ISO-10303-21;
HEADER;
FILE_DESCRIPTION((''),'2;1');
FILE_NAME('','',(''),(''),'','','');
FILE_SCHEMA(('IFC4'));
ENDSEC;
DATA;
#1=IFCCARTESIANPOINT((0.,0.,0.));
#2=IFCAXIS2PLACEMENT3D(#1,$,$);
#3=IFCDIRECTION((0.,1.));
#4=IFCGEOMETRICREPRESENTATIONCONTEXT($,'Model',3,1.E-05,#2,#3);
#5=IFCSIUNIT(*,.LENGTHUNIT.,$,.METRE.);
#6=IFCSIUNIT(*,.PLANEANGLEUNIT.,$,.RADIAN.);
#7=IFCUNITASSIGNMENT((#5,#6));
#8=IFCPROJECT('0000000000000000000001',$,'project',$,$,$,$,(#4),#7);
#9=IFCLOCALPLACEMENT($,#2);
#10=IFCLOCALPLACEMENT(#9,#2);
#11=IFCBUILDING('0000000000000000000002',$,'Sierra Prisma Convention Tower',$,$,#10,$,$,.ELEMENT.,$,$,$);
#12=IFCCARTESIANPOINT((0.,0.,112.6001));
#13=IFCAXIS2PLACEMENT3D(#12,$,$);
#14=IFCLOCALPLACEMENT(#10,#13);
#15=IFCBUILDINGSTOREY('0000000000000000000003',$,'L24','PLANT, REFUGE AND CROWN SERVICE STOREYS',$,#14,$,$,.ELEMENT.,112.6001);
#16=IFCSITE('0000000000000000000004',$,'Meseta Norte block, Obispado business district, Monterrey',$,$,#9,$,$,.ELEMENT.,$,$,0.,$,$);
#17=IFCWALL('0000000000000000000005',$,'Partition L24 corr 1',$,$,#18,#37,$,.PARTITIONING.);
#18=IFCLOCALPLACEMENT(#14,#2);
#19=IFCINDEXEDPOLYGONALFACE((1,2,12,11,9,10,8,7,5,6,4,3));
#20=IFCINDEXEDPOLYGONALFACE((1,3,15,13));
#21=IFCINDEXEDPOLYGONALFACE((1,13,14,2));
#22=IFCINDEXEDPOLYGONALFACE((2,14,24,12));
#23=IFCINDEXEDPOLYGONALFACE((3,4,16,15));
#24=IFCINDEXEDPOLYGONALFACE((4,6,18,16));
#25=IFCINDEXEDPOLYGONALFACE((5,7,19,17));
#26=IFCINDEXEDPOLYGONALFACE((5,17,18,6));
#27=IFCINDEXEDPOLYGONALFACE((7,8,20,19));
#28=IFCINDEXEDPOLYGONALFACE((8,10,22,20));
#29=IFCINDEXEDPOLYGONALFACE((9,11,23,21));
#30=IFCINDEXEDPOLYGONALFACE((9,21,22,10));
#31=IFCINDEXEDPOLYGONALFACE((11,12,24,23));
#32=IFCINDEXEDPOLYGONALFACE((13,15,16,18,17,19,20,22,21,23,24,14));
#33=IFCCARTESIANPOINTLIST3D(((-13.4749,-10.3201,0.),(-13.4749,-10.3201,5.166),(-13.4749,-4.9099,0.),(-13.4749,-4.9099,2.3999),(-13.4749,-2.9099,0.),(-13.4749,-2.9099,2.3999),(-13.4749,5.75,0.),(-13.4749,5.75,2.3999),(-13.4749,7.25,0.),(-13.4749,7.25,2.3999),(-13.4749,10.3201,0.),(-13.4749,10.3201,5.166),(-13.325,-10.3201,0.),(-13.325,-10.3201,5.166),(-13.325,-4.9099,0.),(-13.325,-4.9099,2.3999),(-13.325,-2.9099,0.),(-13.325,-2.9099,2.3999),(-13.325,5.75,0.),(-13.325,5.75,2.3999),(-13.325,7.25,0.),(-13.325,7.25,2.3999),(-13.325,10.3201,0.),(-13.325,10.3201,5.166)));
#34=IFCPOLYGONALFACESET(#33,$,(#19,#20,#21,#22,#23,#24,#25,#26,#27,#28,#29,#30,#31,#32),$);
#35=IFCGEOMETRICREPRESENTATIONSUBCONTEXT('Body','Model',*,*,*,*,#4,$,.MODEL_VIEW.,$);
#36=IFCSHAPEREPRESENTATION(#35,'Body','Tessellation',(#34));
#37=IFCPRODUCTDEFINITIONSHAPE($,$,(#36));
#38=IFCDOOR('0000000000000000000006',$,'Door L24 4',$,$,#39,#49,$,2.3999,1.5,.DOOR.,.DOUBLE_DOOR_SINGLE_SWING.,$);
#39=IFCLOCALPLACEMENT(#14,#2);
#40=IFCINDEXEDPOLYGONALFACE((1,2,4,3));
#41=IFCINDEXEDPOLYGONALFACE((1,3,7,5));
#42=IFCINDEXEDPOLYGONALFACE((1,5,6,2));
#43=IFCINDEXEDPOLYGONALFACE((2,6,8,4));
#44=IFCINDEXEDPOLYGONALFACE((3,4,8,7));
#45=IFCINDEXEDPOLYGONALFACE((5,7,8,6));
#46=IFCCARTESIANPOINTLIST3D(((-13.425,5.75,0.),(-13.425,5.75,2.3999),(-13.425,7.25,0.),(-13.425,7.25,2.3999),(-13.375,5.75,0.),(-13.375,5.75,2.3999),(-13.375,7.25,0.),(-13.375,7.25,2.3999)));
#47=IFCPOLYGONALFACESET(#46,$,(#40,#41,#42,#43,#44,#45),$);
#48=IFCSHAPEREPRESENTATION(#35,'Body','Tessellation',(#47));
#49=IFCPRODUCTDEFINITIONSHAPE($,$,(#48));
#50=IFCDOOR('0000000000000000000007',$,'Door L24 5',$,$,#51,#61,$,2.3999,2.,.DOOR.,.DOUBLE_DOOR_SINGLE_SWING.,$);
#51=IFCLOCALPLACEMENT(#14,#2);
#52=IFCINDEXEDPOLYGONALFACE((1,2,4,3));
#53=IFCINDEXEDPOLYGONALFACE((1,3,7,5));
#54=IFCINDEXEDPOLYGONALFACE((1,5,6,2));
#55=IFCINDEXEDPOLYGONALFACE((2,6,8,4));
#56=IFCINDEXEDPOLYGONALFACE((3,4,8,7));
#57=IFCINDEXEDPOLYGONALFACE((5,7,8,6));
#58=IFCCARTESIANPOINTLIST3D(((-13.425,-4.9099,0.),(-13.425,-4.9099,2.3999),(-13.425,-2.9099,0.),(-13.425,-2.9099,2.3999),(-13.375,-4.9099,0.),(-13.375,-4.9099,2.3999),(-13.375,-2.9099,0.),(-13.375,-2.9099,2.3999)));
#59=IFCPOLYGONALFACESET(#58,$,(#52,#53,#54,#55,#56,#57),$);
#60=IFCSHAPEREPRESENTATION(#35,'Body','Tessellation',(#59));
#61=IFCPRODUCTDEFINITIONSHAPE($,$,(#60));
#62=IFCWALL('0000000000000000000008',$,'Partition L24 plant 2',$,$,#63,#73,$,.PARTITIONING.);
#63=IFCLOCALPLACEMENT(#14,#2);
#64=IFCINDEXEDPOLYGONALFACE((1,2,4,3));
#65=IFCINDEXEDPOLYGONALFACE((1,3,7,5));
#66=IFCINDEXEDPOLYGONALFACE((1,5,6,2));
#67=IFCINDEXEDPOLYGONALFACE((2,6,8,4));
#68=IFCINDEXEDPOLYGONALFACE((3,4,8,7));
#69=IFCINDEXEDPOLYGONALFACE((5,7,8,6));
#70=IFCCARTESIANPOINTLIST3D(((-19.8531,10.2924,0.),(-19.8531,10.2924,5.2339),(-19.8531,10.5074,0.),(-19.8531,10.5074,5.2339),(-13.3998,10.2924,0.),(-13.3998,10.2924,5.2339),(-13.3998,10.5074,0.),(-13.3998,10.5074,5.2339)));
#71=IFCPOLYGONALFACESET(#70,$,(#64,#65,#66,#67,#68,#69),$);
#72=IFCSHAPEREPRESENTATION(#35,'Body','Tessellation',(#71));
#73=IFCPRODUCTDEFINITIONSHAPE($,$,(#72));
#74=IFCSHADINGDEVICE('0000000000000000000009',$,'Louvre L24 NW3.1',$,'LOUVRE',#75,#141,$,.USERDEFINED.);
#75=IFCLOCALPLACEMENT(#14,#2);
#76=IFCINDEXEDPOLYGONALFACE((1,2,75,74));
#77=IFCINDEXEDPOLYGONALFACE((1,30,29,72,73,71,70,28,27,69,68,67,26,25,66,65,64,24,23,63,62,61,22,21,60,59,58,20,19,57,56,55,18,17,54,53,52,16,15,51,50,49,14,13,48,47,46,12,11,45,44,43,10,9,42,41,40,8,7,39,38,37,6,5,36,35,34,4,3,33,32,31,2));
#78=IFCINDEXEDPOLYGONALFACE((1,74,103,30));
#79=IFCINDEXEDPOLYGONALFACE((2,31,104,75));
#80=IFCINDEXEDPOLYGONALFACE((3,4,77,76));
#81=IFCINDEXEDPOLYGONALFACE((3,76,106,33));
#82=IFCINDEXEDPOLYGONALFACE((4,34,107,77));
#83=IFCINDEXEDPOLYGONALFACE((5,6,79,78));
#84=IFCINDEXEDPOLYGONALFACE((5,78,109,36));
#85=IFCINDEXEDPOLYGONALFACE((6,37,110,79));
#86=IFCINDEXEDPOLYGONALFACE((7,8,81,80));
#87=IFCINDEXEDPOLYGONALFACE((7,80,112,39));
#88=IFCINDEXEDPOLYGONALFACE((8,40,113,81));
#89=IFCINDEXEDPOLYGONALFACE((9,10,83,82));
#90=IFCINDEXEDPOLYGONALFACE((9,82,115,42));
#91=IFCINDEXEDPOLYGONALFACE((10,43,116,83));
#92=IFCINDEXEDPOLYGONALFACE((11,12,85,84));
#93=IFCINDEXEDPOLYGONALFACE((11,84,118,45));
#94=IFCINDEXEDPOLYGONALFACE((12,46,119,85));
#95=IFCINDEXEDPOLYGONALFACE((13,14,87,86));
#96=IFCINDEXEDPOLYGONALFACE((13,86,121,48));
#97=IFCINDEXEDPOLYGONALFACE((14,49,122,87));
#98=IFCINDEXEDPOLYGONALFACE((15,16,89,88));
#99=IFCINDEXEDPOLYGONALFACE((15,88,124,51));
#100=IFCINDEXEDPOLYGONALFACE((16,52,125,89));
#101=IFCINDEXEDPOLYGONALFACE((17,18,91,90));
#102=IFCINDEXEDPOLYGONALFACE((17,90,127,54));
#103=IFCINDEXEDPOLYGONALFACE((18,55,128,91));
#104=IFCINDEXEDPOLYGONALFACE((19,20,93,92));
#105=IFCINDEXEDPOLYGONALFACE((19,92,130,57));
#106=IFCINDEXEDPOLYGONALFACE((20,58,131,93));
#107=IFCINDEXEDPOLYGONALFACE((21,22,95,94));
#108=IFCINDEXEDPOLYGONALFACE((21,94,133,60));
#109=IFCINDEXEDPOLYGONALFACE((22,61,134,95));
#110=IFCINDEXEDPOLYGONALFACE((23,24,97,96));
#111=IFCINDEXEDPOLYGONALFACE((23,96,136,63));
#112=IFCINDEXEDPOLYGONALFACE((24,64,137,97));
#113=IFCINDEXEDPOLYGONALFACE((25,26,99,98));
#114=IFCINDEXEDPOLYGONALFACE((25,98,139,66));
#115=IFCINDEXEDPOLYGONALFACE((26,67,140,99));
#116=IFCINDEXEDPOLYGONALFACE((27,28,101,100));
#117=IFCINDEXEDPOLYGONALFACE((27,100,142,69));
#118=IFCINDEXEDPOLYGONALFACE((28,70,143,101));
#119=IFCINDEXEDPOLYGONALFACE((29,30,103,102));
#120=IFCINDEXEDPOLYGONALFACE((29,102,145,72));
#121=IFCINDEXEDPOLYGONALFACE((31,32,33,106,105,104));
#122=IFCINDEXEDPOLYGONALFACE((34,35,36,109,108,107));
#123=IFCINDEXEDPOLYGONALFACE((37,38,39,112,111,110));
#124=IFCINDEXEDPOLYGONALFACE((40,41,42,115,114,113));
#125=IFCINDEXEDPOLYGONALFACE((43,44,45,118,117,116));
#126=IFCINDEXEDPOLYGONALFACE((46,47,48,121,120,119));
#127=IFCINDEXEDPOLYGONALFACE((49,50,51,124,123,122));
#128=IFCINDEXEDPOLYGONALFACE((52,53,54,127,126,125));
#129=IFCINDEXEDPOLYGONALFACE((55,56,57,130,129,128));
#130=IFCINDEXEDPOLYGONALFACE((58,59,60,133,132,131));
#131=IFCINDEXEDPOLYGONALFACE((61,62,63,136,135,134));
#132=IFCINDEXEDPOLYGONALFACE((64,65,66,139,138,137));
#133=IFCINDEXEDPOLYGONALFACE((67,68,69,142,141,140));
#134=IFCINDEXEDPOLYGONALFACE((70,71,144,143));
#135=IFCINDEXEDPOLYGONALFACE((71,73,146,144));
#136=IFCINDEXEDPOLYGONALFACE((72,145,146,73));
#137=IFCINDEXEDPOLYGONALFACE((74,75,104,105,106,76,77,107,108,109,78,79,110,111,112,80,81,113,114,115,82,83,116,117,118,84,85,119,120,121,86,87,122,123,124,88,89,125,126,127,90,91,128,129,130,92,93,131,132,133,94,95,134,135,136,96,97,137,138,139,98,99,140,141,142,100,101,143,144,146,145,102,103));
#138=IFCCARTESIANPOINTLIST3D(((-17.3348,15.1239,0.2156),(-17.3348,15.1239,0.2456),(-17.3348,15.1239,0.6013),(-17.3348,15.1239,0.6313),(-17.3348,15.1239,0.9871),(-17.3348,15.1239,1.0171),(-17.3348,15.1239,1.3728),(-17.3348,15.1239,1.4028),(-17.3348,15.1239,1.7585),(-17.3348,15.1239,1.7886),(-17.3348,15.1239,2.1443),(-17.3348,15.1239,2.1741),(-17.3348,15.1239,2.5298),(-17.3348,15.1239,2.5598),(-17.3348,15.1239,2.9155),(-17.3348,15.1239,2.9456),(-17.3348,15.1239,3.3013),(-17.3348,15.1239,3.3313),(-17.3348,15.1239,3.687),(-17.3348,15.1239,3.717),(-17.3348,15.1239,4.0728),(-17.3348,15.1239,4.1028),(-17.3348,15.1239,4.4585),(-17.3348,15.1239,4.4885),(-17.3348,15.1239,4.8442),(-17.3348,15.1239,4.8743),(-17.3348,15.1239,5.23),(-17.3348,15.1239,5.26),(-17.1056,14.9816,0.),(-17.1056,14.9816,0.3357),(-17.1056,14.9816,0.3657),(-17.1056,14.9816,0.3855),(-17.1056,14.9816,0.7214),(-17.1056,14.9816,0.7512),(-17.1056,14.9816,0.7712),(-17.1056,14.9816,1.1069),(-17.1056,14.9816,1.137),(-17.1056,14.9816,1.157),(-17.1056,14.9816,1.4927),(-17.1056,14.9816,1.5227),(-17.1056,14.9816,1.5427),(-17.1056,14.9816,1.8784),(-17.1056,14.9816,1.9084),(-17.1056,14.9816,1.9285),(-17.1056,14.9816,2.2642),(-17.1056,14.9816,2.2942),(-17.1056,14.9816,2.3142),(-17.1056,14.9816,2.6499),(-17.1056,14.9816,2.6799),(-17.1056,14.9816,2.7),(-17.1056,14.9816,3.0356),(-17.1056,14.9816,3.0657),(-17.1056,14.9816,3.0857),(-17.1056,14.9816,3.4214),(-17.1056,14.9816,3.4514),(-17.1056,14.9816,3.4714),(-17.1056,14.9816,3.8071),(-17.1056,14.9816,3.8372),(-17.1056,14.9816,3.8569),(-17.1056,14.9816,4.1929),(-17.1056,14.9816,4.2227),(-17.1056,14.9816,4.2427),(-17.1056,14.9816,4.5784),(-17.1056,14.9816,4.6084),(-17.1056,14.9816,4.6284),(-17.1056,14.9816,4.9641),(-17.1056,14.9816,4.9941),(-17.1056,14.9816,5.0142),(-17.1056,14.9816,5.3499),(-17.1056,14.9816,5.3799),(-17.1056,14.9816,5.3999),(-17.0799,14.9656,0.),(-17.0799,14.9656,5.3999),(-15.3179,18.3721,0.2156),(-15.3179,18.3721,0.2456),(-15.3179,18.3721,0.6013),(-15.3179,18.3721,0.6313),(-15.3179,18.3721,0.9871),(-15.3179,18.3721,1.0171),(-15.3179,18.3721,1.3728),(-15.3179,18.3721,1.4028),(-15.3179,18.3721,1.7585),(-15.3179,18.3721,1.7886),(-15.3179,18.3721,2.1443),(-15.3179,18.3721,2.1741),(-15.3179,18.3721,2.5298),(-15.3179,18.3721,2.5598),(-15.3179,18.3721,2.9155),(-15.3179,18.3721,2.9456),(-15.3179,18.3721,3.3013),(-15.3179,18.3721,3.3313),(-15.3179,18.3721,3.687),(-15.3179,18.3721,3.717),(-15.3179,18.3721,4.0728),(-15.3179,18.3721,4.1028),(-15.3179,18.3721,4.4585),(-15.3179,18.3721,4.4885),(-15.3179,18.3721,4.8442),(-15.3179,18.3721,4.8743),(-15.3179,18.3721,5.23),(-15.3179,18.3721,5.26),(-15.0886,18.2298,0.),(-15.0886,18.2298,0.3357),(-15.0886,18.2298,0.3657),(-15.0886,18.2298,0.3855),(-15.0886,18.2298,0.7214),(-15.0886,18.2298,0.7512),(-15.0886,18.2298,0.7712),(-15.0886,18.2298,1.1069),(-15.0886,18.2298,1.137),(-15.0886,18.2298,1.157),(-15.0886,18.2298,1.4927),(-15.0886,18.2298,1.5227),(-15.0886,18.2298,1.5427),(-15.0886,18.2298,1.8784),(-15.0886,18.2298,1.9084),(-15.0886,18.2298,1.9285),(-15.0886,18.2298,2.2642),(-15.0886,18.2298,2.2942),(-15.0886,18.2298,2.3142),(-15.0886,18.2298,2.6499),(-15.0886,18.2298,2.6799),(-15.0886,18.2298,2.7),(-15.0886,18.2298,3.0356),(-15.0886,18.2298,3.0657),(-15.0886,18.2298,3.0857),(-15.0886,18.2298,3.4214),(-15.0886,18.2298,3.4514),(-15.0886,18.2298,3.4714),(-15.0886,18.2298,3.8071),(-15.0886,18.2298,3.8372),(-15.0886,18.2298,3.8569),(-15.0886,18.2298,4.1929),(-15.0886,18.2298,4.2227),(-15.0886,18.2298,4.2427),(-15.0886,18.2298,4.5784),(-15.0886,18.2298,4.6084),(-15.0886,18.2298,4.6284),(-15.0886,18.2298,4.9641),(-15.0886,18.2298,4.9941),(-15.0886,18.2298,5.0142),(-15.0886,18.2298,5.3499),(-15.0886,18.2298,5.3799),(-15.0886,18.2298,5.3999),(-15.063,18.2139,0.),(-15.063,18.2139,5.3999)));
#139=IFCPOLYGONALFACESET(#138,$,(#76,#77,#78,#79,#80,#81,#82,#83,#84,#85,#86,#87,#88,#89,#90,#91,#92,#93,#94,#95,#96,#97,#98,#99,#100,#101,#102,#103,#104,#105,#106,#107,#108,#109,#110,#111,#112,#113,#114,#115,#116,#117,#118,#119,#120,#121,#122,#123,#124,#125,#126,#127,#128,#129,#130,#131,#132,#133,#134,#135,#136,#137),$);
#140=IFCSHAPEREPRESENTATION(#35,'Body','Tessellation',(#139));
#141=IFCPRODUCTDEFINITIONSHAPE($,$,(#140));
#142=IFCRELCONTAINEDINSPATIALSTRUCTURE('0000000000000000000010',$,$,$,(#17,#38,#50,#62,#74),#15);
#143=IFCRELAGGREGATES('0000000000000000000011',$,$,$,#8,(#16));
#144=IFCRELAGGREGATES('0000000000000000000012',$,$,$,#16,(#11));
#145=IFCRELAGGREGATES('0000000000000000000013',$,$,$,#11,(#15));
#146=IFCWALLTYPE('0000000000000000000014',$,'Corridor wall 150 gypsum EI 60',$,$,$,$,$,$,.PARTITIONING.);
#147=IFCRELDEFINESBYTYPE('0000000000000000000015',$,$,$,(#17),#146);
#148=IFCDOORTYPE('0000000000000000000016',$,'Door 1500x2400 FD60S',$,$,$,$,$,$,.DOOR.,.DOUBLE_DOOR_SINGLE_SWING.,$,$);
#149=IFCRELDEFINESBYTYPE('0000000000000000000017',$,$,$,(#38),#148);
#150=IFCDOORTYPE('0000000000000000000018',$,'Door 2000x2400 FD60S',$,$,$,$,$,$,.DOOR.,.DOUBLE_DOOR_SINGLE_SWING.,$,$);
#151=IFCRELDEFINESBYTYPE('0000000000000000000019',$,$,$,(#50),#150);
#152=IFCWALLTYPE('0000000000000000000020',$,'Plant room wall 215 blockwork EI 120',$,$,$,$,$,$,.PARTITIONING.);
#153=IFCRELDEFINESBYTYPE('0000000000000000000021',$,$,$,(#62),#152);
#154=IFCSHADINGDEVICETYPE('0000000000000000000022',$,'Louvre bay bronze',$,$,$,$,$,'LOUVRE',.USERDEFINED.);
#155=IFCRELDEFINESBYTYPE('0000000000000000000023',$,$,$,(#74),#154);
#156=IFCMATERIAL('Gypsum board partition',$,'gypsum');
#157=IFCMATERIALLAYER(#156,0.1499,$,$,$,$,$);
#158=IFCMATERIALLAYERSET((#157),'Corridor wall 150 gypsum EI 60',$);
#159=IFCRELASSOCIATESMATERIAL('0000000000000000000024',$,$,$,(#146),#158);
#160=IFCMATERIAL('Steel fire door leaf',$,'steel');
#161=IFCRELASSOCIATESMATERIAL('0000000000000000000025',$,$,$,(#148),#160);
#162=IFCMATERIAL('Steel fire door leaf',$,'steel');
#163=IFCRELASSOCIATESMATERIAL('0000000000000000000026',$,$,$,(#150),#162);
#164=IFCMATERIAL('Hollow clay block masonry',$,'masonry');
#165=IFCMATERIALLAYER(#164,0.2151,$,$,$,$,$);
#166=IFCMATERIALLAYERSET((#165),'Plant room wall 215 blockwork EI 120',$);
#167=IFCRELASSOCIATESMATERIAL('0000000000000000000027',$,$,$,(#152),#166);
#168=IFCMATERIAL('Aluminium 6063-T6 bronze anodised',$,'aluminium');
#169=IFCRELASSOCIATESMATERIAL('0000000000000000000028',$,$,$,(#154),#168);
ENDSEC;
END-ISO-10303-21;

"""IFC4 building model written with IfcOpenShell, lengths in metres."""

from ifc_helpers import new_model, si_unit, direction, frame, frame_2d, origin, place, context, subcontext, project, spatial, polyline, rectangle, outline, extrude, material, layer, layer_set, type_object, element, fill, save


model = new_model("IFC4")

# Units and contexts
model_context = context("Model", 3, precision=1e-05, world=origin(), true_north=direction((0.0, 1.0)))
body_context = subcontext(model_context, "Body", "Model", "MODEL_VIEW")
ifc_project = project(units=[si_unit("LENGTHUNIT", "METRE"), si_unit("PLANEANGLEUNIT", "RADIAN")], contexts=[model_context])

# Site, building, storey
site_placement = place(None, origin())
site = spatial("IfcSite", under=ifc_project, at=site_placement, Name="Meseta Norte block, Obispado business district, Monterrey", CompositionType="ELEMENT", RefElevation=0.0)
building_placement = place(site_placement, origin())
building = spatial("IfcBuilding", under=site, at=building_placement, Name="Sierra Prisma Convention Tower", CompositionType="ELEMENT")
storey_placement = place(building_placement, frame((0.0, 0.0, 112.6001)))
storey = spatial("IfcBuildingStorey", under=building, at=storey_placement, Name="L24", Description="PLANT, REFUGE AND CROWN SERVICE STOREYS", CompositionType="ELEMENT", Elevation=112.6001)

# Wall, openings, doors
ifc_material_1 = material(Name="Gypsum board partition", Category="gypsum")
ifc_layer_1 = layer(ifc_material_1, 0.1499)
ifc_layer_set_1 = layer_set([ifc_layer_1], Name="Corridor wall 150 gypsum EI 60")
wall_type_1 = type_object("IfcWallType", Name="Corridor wall 150 gypsum EI 60", PredefinedType="PARTITIONING", material=ifc_layer_set_1)
wall_1_placement = place(storey_placement, frame((-13.3999, 10.3201, 0.0), z_axis=(0.0, 0.0, 1.0), x_axis=(0.0, -1.0, 0.0)))
wall_1 = element("IfcWall", 1, at=wall_1_placement, inside=storey, type_object=wall_type_1, Name="Partition L24 corr 1", PredefinedType="PARTITIONING", context=body_context, shape_type="SweptSolid", body=[
    extrude(rectangle(XDim=20.6401, YDim=0.1499, at=frame_2d((10.3201, 0.0))), origin(), (0.0, 0.0, 1.0), 5.166),
])
opening_1_placement = place(wall_1_placement, frame((3.0701, 0.0, 0.0)))
opening_1 = element("IfcOpeningElement", 2, at=opening_1_placement, cuts=wall_1, PredefinedType="OPENING", context=body_context, shape_type="SweptSolid", body=[
    extrude(rectangle(XDim=1.5, YDim=2.3999, at=frame_2d((0.75, 1.2))), frame((0.0, 0.075, 0.0), z_axis=(0.0, -1.0, 0.0), x_axis=(1.0, 0.0, 0.0)), (0.0, 0.0, 1.0), 0.1499),
])
opening_2_placement = place(wall_1_placement, frame((13.23, 0.0, 0.0)))
opening_2 = element("IfcOpeningElement", 3, at=opening_2_placement, cuts=wall_1, PredefinedType="OPENING", context=body_context, shape_type="SweptSolid", body=[
    extrude(rectangle(XDim=2.0, YDim=2.3999, at=frame_2d((1.0, 1.2))), frame((0.0, 0.075, 0.0), z_axis=(0.0, -1.0, 0.0), x_axis=(1.0, 0.0, 0.0)), (0.0, 0.0, 1.0), 0.1499),
])
ifc_material_2 = material(Name="Steel fire door leaf", Category="steel")
door_type_1 = type_object("IfcDoorType", Name="Door 1500x2400 FD60S", OperationType="DOUBLE_DOOR_SINGLE_SWING", PredefinedType="DOOR", material=ifc_material_2)
door_1_placement = place(opening_1_placement, origin())
door_1 = element("IfcDoor", 4, at=door_1_placement, inside=storey, type_object=door_type_1, Name="Door L24 4", OperationType="DOUBLE_DOOR_SINGLE_SWING", OverallHeight=2.3999, OverallWidth=1.5, PredefinedType="DOOR", context=body_context, shape_type="SweptSolid", body=[
    extrude(rectangle(XDim=1.5, YDim=2.3999, at=frame_2d((0.75, 1.2))), frame((0.0, 0.0249, 0.0), z_axis=(0.0, -1.0, 0.0), x_axis=(1.0, 0.0, 0.0)), (0.0, 0.0, 1.0), 0.05),
])
fill(opening_1, door_1)
ifc_material_3 = material(Name="Steel fire door leaf", Category="steel")
door_type_2 = type_object("IfcDoorType", Name="Door 2000x2400 FD60S", OperationType="DOUBLE_DOOR_SINGLE_SWING", PredefinedType="DOOR", material=ifc_material_3)
door_2_placement = place(opening_2_placement, origin())
door_2 = element("IfcDoor", 5, at=door_2_placement, inside=storey, type_object=door_type_2, Name="Door L24 5", OperationType="DOUBLE_DOOR_SINGLE_SWING", OverallHeight=2.3999, OverallWidth=2.0, PredefinedType="DOOR", context=body_context, shape_type="SweptSolid", body=[
    extrude(rectangle(XDim=2.0, YDim=2.3999, at=frame_2d((1.0, 1.2))), frame((0.0, 0.0249, 0.0), z_axis=(0.0, -1.0, 0.0), x_axis=(1.0, 0.0, 0.0)), (0.0, 0.0, 1.0), 0.05),
])
fill(opening_2, door_2)

# Wall
ifc_material_4 = material(Name="Hollow clay block masonry", Category="masonry")
ifc_layer_2 = layer(ifc_material_4, 0.2151)
ifc_layer_set_2 = layer_set([ifc_layer_2], Name="Plant room wall 215 blockwork EI 120")
wall_type_2 = type_object("IfcWallType", Name="Plant room wall 215 blockwork EI 120", PredefinedType="PARTITIONING", material=ifc_layer_set_2)
wall_2_placement = place(storey_placement, frame((-13.3999, 10.3999, 0.0), z_axis=(0.0, 0.0, 1.0), x_axis=(-1.0, 0.0, 0.0)))
element("IfcWall", 6, at=wall_2_placement, inside=storey, type_object=wall_type_2, Name="Partition L24 plant 2", PredefinedType="PARTITIONING", context=body_context, shape_type="SweptSolid", body=[
    extrude(rectangle(XDim=6.4534, YDim=0.2151, at=frame_2d((3.2266, 0.0))), origin(), (0.0, 0.0, 1.0), 5.2339),
])

# Shading device
ifc_material_5 = material(Name="Aluminium 6063-T6 bronze anodised", Category="aluminium")
shading_device_type = type_object("IfcShadingDeviceType", Name="Louvre bay bronze", ElementType="LOUVRE", PredefinedType="USERDEFINED", material=ifc_material_5)
shading_device_1_placement = place(storey_placement, frame((-15.063, 18.2139, 0.0), z_axis=(0.527517, 0.849544, 0.0), x_axis=(0.0, 0.0, 1.0)))
element("IfcShadingDevice", 7, at=shading_device_1_placement, inside=storey, type_object=shading_device_type, Name="Louvre L24 NW3.1", ObjectType="LOUVRE", PredefinedType="USERDEFINED", context=body_context, shape_type="SweptSolid", body=[
    extrude(outline(polyline([(0.0, 0.0), (5.3999, 0.0), (5.3999, -0.0301), (5.3799, -0.0301), (5.26, -0.3), (5.23, -0.3), (5.3499, -0.0301), (5.0142, -0.0301), (4.9941, -0.0301), (4.8743, -0.3), (4.8442, -0.3), (4.9641, -0.0301), (4.6284, -0.0301), (4.6084, -0.0301), (4.4885, -0.3), (4.4585, -0.3), (4.5784, -0.0301), (4.2427, -0.0301), (4.2227, -0.0301), (4.1028, -0.3), (4.0728, -0.3), (4.1929, -0.0301), (3.8569, -0.0301), (3.8372, -0.0301), (3.717, -0.3), (3.687, -0.3), (3.8071, -0.0301), (3.4714, -0.0301), (3.4514, -0.0301), (3.3313, -0.3), (3.3013, -0.3), (3.4214, -0.0301), (3.0857, -0.0301), (3.0657, -0.0301), (2.9456, -0.3), (2.9155, -0.3), (3.0356, -0.0301), (2.7, -0.0301), (2.6799, -0.0301), (2.5598, -0.3), (2.5298, -0.3), (2.6499, -0.0301), (2.3142, -0.0301), (2.2942, -0.0301), (2.1741, -0.3), (2.1443, -0.3), (2.2642, -0.0301), (1.9285, -0.0301), (1.9084, -0.0301), (1.7886, -0.3), (1.7585, -0.3), (1.8784, -0.0301), (1.5427, -0.0301), (1.5227, -0.0301), (1.4028, -0.3), (1.3728, -0.3), (1.4927, -0.0301), (1.157, -0.0301), (1.137, -0.0301), (1.0171, -0.3), (0.9871, -0.3), (1.1069, -0.0301), (0.7712, -0.0301), (0.7512, -0.0301), (0.6313, -0.3), (0.6013, -0.3), (0.7214, -0.0301), (0.3855, -0.0301), (0.3657, -0.0301), (0.2456, -0.3), (0.2156, -0.3), (0.3357, -0.0301), (0.0, -0.0301), (0.0, 0.0)])), origin(), (0.0, 0.0, -1.0), 3.8235),
])

save(model, "model.ifc")
